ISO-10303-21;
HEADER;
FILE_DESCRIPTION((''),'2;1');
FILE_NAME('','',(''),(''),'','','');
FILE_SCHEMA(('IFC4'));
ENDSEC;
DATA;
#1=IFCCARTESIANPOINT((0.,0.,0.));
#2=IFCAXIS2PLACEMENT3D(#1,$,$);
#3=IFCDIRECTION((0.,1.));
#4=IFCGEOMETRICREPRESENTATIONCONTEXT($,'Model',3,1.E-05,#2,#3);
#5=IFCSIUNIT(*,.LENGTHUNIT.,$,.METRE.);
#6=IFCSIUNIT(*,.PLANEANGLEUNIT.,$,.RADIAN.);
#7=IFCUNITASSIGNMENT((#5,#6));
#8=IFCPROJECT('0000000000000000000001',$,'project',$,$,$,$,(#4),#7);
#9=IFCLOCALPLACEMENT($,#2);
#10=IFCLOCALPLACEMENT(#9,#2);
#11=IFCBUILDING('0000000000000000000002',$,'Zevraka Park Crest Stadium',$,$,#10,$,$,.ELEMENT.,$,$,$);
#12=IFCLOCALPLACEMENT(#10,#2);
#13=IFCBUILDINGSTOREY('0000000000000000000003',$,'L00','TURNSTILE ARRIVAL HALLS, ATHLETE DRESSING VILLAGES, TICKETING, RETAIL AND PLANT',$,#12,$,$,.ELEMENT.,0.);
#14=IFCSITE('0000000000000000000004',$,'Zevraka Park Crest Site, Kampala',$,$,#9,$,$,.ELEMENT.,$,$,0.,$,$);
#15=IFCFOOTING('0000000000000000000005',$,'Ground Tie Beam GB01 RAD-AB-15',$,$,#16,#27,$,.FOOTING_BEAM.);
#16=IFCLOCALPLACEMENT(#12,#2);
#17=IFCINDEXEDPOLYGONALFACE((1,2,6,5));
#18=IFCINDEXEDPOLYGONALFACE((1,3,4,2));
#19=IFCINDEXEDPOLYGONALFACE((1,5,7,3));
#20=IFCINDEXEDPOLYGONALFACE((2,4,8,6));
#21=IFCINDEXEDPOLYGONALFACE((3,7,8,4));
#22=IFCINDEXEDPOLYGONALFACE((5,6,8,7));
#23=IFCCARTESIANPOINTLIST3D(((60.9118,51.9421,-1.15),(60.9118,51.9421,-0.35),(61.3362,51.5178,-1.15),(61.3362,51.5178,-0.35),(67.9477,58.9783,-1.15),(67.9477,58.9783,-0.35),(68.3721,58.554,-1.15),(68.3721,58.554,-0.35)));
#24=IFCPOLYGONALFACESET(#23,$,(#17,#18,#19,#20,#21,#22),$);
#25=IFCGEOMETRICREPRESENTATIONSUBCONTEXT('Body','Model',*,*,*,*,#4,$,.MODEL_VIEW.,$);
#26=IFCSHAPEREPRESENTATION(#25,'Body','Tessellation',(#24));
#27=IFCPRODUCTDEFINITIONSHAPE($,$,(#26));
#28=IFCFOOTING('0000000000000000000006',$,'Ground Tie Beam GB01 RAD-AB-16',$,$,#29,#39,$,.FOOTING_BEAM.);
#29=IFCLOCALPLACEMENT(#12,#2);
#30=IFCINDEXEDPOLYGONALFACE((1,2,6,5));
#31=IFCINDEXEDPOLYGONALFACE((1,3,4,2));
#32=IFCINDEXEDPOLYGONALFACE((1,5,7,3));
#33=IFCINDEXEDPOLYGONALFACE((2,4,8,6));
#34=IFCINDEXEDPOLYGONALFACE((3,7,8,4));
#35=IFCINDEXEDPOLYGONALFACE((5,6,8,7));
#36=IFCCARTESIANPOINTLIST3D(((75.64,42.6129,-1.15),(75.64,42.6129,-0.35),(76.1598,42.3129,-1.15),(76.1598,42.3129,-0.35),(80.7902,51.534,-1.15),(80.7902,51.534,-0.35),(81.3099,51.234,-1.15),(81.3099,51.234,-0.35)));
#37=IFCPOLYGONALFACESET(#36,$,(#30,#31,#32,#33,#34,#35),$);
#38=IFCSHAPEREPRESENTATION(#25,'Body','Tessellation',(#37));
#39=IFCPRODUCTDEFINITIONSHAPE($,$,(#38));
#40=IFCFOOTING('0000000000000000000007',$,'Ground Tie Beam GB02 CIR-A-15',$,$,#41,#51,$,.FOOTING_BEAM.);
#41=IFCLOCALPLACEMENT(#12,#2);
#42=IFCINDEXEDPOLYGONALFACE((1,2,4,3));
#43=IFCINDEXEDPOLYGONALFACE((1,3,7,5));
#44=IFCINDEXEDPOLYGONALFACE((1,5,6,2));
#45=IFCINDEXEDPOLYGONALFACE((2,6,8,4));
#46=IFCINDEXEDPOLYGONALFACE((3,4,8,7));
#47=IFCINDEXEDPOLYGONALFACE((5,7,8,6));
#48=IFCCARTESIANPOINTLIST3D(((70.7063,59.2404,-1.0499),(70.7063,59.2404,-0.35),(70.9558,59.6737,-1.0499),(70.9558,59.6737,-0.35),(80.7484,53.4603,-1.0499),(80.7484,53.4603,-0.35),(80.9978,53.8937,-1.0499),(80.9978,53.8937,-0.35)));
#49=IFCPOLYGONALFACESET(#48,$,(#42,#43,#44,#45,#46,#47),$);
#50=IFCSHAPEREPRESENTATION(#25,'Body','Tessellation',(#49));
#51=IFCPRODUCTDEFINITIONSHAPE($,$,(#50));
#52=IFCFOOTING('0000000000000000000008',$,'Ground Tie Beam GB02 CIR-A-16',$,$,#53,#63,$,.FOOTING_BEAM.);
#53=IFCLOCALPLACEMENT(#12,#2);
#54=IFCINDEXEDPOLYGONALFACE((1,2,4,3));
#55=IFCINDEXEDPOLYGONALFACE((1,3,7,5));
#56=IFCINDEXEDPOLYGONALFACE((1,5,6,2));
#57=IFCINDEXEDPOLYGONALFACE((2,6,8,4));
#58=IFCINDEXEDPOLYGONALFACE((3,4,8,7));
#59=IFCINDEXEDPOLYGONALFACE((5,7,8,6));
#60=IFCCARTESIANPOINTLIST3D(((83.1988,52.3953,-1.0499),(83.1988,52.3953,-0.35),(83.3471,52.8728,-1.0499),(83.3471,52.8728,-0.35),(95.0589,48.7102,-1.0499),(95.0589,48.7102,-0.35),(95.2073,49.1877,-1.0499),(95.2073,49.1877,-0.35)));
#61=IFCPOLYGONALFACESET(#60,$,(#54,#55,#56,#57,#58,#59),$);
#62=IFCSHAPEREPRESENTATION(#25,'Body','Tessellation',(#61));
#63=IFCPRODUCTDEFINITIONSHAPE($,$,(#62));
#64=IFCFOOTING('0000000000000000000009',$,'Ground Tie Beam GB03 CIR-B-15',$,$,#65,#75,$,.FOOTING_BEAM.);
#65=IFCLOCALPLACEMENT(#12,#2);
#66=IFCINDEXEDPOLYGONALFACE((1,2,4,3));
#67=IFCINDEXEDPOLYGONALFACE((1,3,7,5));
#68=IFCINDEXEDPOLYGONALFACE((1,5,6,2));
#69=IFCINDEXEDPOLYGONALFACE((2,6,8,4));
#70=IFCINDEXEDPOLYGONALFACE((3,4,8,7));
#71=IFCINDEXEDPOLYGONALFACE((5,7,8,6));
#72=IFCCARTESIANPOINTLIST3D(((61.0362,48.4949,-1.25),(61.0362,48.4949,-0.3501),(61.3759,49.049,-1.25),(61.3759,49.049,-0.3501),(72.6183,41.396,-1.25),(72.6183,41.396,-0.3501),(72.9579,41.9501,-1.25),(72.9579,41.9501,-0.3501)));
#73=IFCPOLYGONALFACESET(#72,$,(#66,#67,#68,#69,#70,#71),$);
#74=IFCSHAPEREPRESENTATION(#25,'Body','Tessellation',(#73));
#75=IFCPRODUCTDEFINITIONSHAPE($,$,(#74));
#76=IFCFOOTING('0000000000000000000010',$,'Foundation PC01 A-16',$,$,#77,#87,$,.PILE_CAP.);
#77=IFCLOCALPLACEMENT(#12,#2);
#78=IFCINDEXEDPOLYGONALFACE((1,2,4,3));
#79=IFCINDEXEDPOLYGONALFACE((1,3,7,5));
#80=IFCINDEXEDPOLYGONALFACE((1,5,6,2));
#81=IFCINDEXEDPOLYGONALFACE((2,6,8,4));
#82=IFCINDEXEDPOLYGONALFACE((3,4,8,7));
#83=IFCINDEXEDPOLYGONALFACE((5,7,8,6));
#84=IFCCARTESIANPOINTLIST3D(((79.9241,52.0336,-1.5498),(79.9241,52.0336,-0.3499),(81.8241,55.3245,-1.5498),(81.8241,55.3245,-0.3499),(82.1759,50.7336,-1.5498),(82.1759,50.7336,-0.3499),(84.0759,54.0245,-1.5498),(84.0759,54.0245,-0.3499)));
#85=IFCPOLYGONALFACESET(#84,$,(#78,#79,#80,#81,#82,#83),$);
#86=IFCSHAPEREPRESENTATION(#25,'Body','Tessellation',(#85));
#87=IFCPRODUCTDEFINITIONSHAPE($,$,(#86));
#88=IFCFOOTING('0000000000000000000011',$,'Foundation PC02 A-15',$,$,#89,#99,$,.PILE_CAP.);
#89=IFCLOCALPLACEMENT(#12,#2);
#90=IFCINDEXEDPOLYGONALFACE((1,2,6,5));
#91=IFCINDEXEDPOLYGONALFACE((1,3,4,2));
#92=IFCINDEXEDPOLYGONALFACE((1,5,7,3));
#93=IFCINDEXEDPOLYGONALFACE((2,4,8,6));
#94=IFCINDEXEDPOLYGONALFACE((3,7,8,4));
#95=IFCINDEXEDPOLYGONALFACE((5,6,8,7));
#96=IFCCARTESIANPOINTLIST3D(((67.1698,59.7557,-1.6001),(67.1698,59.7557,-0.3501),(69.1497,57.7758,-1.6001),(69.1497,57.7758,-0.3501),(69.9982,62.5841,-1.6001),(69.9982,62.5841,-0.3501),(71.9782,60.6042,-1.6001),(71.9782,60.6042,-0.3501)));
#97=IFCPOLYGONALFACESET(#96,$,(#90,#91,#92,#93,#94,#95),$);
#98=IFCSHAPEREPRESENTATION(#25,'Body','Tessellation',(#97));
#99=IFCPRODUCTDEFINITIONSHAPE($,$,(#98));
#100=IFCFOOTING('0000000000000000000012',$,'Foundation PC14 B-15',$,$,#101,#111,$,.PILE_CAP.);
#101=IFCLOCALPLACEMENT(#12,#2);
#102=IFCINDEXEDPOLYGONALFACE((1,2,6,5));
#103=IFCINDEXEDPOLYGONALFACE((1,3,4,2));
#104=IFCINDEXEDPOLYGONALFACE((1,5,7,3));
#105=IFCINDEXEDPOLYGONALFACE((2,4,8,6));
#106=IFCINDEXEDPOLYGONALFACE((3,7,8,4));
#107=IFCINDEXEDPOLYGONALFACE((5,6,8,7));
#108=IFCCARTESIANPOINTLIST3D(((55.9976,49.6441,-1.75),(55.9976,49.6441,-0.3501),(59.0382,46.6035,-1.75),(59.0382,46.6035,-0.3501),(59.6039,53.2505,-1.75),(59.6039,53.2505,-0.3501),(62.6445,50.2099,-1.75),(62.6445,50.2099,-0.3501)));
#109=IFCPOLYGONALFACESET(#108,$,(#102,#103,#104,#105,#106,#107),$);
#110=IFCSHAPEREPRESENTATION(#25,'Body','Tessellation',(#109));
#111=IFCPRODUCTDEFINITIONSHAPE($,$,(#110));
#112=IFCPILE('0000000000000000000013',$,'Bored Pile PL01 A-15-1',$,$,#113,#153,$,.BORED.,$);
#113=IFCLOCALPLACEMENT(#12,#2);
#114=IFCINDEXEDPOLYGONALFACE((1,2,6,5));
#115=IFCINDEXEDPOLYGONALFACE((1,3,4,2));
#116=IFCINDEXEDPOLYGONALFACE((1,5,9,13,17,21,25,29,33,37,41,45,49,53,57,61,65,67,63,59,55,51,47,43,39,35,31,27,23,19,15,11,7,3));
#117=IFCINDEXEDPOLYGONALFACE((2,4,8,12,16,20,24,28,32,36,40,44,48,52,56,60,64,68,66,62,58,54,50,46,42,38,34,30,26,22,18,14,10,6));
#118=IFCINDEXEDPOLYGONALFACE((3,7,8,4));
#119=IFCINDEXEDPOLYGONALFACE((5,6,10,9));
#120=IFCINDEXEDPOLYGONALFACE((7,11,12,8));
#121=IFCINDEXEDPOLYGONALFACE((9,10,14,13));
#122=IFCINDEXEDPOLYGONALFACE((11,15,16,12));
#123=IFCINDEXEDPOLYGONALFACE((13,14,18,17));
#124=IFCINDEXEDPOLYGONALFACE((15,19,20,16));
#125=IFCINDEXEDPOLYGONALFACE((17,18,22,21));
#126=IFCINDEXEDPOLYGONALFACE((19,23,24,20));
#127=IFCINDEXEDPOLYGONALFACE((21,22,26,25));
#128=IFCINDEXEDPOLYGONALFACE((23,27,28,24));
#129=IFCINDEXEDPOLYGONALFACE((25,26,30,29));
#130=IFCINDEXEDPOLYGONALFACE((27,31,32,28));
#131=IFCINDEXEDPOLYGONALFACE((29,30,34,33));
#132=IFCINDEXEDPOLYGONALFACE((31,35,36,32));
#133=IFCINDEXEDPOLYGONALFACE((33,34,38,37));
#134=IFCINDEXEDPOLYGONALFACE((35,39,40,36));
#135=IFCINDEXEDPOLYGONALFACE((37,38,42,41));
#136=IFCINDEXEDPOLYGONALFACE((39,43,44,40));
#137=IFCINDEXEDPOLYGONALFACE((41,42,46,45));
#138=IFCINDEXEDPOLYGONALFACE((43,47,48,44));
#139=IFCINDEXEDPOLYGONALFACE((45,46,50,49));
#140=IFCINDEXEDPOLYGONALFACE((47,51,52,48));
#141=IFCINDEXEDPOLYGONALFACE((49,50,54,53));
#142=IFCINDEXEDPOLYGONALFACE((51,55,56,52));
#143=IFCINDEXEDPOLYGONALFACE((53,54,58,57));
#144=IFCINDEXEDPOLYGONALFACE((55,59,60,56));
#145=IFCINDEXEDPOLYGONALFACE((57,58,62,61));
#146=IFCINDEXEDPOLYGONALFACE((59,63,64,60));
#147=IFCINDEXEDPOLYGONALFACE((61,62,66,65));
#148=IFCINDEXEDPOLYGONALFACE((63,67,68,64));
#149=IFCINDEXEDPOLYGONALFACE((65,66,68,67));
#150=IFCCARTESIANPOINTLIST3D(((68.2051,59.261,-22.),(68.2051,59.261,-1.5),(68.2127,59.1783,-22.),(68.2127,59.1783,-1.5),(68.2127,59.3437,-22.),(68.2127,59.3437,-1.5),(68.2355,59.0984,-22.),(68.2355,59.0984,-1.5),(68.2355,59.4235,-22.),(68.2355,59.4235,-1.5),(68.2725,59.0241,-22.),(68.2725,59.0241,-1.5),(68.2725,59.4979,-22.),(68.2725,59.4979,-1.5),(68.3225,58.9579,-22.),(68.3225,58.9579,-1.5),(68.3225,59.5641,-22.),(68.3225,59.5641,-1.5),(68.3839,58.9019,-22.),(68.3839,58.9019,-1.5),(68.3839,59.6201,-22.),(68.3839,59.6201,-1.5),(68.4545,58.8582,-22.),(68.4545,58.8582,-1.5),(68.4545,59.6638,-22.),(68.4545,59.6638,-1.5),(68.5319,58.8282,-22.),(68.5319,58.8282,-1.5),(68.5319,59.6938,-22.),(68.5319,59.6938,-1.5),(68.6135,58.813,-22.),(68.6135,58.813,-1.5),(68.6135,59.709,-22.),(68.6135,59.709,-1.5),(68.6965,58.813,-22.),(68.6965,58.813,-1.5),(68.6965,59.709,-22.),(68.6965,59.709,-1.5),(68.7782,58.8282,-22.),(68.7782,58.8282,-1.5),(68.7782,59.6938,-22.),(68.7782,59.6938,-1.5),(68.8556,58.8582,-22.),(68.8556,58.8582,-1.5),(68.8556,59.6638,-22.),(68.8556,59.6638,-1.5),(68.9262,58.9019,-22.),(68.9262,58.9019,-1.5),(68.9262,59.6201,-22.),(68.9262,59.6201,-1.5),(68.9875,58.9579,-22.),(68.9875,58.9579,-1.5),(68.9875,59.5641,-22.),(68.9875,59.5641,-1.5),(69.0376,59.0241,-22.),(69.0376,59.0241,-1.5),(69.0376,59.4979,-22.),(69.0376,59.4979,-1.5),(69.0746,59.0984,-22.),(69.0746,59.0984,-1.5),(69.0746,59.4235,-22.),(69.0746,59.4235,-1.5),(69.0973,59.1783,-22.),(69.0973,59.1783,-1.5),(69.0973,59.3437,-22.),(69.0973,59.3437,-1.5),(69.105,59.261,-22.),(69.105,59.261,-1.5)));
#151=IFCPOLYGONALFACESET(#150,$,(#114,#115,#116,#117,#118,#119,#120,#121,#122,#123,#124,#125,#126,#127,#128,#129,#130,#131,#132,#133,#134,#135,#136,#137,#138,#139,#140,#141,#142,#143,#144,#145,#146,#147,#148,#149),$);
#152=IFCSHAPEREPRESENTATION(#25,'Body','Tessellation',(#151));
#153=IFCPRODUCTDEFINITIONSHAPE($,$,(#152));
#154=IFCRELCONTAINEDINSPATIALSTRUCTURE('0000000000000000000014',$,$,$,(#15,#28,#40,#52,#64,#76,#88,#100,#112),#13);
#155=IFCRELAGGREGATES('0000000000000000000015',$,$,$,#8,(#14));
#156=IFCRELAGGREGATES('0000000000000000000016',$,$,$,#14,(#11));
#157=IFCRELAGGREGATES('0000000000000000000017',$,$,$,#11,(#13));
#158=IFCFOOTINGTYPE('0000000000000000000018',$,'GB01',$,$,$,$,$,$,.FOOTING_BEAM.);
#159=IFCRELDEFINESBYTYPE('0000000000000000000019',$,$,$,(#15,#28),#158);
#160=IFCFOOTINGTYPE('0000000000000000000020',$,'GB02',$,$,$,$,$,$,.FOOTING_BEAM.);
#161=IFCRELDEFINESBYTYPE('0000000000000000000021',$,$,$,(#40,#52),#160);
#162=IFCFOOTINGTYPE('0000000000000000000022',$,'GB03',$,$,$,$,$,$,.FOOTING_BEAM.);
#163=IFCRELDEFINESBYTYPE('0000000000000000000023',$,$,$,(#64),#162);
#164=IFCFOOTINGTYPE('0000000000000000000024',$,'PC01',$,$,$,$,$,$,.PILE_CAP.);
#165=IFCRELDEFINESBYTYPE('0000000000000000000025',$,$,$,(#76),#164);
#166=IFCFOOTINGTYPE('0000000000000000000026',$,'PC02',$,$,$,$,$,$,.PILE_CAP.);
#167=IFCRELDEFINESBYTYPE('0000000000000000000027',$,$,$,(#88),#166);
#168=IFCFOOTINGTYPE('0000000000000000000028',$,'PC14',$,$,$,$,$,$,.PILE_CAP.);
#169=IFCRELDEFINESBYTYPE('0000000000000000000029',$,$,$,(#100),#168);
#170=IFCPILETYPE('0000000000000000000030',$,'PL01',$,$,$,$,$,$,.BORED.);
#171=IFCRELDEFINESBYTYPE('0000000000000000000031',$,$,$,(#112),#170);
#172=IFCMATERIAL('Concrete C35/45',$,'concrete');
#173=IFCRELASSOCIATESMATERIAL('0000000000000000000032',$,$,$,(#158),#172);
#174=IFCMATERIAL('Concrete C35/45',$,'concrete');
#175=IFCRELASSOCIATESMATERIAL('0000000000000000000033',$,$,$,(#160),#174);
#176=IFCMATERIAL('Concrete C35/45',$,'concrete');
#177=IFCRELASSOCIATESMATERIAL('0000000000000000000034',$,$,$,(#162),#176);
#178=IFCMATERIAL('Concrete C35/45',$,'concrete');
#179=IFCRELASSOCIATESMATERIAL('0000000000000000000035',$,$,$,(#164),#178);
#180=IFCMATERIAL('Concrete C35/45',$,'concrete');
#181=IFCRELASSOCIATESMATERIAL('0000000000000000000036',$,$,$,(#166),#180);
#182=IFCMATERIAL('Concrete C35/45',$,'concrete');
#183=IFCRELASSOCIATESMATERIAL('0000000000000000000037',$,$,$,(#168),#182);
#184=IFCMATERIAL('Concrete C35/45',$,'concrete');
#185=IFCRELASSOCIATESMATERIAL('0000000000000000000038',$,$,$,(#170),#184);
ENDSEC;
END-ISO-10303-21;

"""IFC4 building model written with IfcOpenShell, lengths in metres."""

from ifc_helpers import new_model, si_unit, direction, frame, origin, origin_2d, place, context, subcontext, project, spatial, rectangle, circle, extrude, material, material_profile, profile_set, type_object, element, save


model = new_model("IFC4")

# Units and contexts
model_context = context("Model", 3, precision=1e-05, world=origin(), true_north=direction((0.0, 1.0)))
body_context = subcontext(model_context, "Body", "Model", "MODEL_VIEW")
ifc_project = project(units=[si_unit("LENGTHUNIT", "METRE"), si_unit("PLANEANGLEUNIT", "RADIAN")], contexts=[model_context])

# Site, building, storey
site_placement = place(None, origin())
site = spatial("IfcSite", under=ifc_project, at=site_placement, Name="Zevraka Park Crest Site, Kampala", CompositionType="ELEMENT", RefElevation=0.0)
building_placement = place(site_placement, origin())
building = spatial("IfcBuilding", under=site, at=building_placement, Name="Zevraka Park Crest Stadium", CompositionType="ELEMENT")
storey_placement = place(building_placement, origin())
storey = spatial("IfcBuildingStorey", under=building, at=storey_placement, Name="L00", Description="TURNSTILE ARRIVAL HALLS, ATHLETE DRESSING VILLAGES, TICKETING, RETAIL AND PLANT", CompositionType="ELEMENT", Elevation=0.0)

# Footings
ifc_material_1 = material(Name="Concrete C35/45", Category="concrete")
ifc_material_profile_1 = material_profile(ifc_material_1, rectangle(XDim=0.6001, YDim=0.8, at=origin_2d()), Name="GB 800x600")
ifc_profile_set_1 = profile_set([ifc_material_profile_1], Name="Concrete C35/45")
footing_type_1 = type_object("IfcFootingType", Name="GB01", PredefinedType="FOOTING_BEAM", material=ifc_profile_set_1)
footing_1_placement = place(storey_placement, frame((68.1599, 58.7661, -0.75), z_axis=(-0.707095, -0.707119, 0.0), x_axis=(0.707119, -0.707095, 0.0)))
element("IfcFooting", 1, at=footing_1_placement, inside=storey, type_object=footing_type_1, Name="Ground Tie Beam GB01 RAD-AB-15", PredefinedType="FOOTING_BEAM", context=body_context, shape_type="SweptSolid", body=[
    extrude(rectangle(XDim=0.6001, YDim=0.8, at=origin_2d()), origin(), (0.0, 0.0, 1.0), 9.9504),
])
footing_2_placement = place(storey_placement, frame((81.05, 51.384, -0.75), z_axis=(-0.499965, -0.866045, 0.0), x_axis=(0.866045, -0.499965, 0.0)))
element("IfcFooting", 2, at=footing_2_placement, inside=storey, type_object=footing_type_1, Name="Ground Tie Beam GB01 RAD-AB-16", PredefinedType="FOOTING_BEAM", context=body_context, shape_type="SweptSolid", body=[
    extrude(rectangle(XDim=0.6001, YDim=0.8, at=origin_2d()), origin(), (0.0, 0.0, 1.0), 10.301),
])
ifc_material_2 = material(Name="Concrete C35/45", Category="concrete")
ifc_material_profile_2 = material_profile(ifc_material_2, rectangle(XDim=0.5, YDim=0.7, at=origin_2d()), Name="GB 700x500")
ifc_profile_set_2 = profile_set([ifc_material_profile_2], Name="Concrete C35/45")
footing_type_2 = type_object("IfcFootingType", Name="GB02", PredefinedType="FOOTING_BEAM", material=ifc_profile_set_2)
footing_3_placement = place(storey_placement, frame((70.8311, 59.457, -0.7), z_axis=(0.866687, -0.498853, 0.0), x_axis=(0.498853, 0.866687, 0.0)))
element("IfcFooting", 3, at=footing_3_placement, inside=storey, type_object=footing_type_2, Name="Ground Tie Beam GB02 CIR-A-15", PredefinedType="FOOTING_BEAM", context=body_context, shape_type="SweptSolid", body=[
    extrude(rectangle(XDim=0.5, YDim=0.7, at=origin_2d()), origin(), (0.0, 0.0, 1.0), 11.5867),
])
footing_4_placement = place(storey_placement, frame((83.2729, 52.634, -0.7), z_axis=(0.954965, -0.296718, 0.0), x_axis=(0.296718, 0.954965, 0.0)))
element("IfcFooting", 4, at=footing_4_placement, inside=storey, type_object=footing_type_2, Name="Ground Tie Beam GB02 CIR-A-16", PredefinedType="FOOTING_BEAM", context=body_context, shape_type="SweptSolid", body=[
    extrude(rectangle(XDim=0.5, YDim=0.7, at=origin_2d()), origin(), (0.0, 0.0, 1.0), 12.4194),
])
ifc_material_3 = material(Name="Concrete C35/45", Category="concrete")
ifc_material_profile_3 = material_profile(ifc_material_3, rectangle(XDim=0.6499, YDim=0.8999, at=origin_2d()), Name="GB 900x650")
ifc_profile_set_3 = profile_set([ifc_material_profile_3], Name="Concrete C35/45")
footing_type_3 = type_object("IfcFootingType", Name="GB03", PredefinedType="FOOTING_BEAM", material=ifc_profile_set_3)
footing_5_placement = place(storey_placement, frame((61.2061, 48.772, -0.8), z_axis=(0.852594, -0.522573, 0.0), x_axis=(0.522573, 0.852594, 0.0)))
element("IfcFooting", 5, at=footing_5_placement, inside=storey, type_object=footing_type_3, Name="Ground Tie Beam GB03 CIR-B-15", PredefinedType="FOOTING_BEAM", context=body_context, shape_type="SweptSolid", body=[
    extrude(rectangle(XDim=0.6499, YDim=0.8999, at=origin_2d()), origin(), (0.0, 0.0, 1.0), 13.5845),
])
ifc_material_4 = material(Name="Concrete C35/45", Category="concrete")
footing_type_4 = type_object("IfcFootingType", Name="PC01", PredefinedType="PILE_CAP", material=ifc_material_4)
footing_6_placement = place(storey_placement, frame((82.0, 53.0291, -1.5498), z_axis=(0.0, 0.0, 1.0), x_axis=(0.5, 0.866025, 0.0)))
element("IfcFooting", 6, at=footing_6_placement, inside=storey, type_object=footing_type_4, Name="Foundation PC01 A-16", PredefinedType="PILE_CAP", context=body_context, shape_type="SweptSolid", body=[
    extrude(rectangle(XDim=3.8, YDim=2.6001, at=origin_2d()), origin(), (0.0, 0.0, 1.0), 1.2),
])
ifc_material_5 = material(Name="Concrete C35/45", Category="concrete")
footing_type_5 = type_object("IfcFootingType", Name="PC02", PredefinedType="PILE_CAP", material=ifc_material_5)
footing_7_placement = place(storey_placement, frame((69.574, 60.1799, -1.6001), z_axis=(0.0, 0.0, 1.0), x_axis=(0.707107, 0.707107, 0.0)))
element("IfcFooting", 7, at=footing_7_placement, inside=storey, type_object=footing_type_5, Name="Foundation PC02 A-15", PredefinedType="PILE_CAP", context=body_context, shape_type="SweptSolid", body=[
    extrude(rectangle(XDim=4.0, YDim=2.8, at=origin_2d()), origin(), (0.0, 0.0, 1.0), 1.25),
])
ifc_material_6 = material(Name="Concrete C35/45", Category="concrete")
footing_type_6 = type_object("IfcFootingType", Name="PC14", PredefinedType="PILE_CAP", material=ifc_material_6)
footing_8_placement = place(storey_placement, frame((59.321, 49.927, -1.75), z_axis=(0.0, 0.0, 1.0), x_axis=(0.707107, 0.707107, 0.0)))
element("IfcFooting", 8, at=footing_8_placement, inside=storey, type_object=footing_type_6, Name="Foundation PC14 B-15", PredefinedType="PILE_CAP", context=body_context, shape_type="SweptSolid", body=[
    extrude(rectangle(XDim=5.1001, YDim=4.3, at=origin_2d()), origin(), (0.0, 0.0, 1.0), 1.3999),
])

# Pile
ifc_material_7 = material(Name="Concrete C35/45", Category="concrete")
ifc_material_profile_4 = material_profile(ifc_material_7, circle(Radius=0.45, at=origin_2d()), Name="PILE D900")
ifc_profile_set_4 = profile_set([ifc_material_profile_4], Name="Concrete C35/45")
pile_type_1 = type_object("IfcPileType", Name="PL01", PredefinedType="BORED", material=ifc_profile_set_4)
pile_1_placement = place(storey_placement, frame((68.655, 59.261, -1.5), z_axis=(0.0, 0.0, -1.0), x_axis=(1.0, 0.0, 0.0)))
element("IfcPile", 9, at=pile_1_placement, inside=storey, type_object=pile_type_1, Name="Bored Pile PL01 A-15-1", PredefinedType="BORED", context=body_context, shape_type="SweptSolid", body=[
    extrude(circle(Radius=0.45, at=origin_2d()), origin(), (0.0, 0.0, 1.0), 20.5),
])

save(model, "model.ifc")
